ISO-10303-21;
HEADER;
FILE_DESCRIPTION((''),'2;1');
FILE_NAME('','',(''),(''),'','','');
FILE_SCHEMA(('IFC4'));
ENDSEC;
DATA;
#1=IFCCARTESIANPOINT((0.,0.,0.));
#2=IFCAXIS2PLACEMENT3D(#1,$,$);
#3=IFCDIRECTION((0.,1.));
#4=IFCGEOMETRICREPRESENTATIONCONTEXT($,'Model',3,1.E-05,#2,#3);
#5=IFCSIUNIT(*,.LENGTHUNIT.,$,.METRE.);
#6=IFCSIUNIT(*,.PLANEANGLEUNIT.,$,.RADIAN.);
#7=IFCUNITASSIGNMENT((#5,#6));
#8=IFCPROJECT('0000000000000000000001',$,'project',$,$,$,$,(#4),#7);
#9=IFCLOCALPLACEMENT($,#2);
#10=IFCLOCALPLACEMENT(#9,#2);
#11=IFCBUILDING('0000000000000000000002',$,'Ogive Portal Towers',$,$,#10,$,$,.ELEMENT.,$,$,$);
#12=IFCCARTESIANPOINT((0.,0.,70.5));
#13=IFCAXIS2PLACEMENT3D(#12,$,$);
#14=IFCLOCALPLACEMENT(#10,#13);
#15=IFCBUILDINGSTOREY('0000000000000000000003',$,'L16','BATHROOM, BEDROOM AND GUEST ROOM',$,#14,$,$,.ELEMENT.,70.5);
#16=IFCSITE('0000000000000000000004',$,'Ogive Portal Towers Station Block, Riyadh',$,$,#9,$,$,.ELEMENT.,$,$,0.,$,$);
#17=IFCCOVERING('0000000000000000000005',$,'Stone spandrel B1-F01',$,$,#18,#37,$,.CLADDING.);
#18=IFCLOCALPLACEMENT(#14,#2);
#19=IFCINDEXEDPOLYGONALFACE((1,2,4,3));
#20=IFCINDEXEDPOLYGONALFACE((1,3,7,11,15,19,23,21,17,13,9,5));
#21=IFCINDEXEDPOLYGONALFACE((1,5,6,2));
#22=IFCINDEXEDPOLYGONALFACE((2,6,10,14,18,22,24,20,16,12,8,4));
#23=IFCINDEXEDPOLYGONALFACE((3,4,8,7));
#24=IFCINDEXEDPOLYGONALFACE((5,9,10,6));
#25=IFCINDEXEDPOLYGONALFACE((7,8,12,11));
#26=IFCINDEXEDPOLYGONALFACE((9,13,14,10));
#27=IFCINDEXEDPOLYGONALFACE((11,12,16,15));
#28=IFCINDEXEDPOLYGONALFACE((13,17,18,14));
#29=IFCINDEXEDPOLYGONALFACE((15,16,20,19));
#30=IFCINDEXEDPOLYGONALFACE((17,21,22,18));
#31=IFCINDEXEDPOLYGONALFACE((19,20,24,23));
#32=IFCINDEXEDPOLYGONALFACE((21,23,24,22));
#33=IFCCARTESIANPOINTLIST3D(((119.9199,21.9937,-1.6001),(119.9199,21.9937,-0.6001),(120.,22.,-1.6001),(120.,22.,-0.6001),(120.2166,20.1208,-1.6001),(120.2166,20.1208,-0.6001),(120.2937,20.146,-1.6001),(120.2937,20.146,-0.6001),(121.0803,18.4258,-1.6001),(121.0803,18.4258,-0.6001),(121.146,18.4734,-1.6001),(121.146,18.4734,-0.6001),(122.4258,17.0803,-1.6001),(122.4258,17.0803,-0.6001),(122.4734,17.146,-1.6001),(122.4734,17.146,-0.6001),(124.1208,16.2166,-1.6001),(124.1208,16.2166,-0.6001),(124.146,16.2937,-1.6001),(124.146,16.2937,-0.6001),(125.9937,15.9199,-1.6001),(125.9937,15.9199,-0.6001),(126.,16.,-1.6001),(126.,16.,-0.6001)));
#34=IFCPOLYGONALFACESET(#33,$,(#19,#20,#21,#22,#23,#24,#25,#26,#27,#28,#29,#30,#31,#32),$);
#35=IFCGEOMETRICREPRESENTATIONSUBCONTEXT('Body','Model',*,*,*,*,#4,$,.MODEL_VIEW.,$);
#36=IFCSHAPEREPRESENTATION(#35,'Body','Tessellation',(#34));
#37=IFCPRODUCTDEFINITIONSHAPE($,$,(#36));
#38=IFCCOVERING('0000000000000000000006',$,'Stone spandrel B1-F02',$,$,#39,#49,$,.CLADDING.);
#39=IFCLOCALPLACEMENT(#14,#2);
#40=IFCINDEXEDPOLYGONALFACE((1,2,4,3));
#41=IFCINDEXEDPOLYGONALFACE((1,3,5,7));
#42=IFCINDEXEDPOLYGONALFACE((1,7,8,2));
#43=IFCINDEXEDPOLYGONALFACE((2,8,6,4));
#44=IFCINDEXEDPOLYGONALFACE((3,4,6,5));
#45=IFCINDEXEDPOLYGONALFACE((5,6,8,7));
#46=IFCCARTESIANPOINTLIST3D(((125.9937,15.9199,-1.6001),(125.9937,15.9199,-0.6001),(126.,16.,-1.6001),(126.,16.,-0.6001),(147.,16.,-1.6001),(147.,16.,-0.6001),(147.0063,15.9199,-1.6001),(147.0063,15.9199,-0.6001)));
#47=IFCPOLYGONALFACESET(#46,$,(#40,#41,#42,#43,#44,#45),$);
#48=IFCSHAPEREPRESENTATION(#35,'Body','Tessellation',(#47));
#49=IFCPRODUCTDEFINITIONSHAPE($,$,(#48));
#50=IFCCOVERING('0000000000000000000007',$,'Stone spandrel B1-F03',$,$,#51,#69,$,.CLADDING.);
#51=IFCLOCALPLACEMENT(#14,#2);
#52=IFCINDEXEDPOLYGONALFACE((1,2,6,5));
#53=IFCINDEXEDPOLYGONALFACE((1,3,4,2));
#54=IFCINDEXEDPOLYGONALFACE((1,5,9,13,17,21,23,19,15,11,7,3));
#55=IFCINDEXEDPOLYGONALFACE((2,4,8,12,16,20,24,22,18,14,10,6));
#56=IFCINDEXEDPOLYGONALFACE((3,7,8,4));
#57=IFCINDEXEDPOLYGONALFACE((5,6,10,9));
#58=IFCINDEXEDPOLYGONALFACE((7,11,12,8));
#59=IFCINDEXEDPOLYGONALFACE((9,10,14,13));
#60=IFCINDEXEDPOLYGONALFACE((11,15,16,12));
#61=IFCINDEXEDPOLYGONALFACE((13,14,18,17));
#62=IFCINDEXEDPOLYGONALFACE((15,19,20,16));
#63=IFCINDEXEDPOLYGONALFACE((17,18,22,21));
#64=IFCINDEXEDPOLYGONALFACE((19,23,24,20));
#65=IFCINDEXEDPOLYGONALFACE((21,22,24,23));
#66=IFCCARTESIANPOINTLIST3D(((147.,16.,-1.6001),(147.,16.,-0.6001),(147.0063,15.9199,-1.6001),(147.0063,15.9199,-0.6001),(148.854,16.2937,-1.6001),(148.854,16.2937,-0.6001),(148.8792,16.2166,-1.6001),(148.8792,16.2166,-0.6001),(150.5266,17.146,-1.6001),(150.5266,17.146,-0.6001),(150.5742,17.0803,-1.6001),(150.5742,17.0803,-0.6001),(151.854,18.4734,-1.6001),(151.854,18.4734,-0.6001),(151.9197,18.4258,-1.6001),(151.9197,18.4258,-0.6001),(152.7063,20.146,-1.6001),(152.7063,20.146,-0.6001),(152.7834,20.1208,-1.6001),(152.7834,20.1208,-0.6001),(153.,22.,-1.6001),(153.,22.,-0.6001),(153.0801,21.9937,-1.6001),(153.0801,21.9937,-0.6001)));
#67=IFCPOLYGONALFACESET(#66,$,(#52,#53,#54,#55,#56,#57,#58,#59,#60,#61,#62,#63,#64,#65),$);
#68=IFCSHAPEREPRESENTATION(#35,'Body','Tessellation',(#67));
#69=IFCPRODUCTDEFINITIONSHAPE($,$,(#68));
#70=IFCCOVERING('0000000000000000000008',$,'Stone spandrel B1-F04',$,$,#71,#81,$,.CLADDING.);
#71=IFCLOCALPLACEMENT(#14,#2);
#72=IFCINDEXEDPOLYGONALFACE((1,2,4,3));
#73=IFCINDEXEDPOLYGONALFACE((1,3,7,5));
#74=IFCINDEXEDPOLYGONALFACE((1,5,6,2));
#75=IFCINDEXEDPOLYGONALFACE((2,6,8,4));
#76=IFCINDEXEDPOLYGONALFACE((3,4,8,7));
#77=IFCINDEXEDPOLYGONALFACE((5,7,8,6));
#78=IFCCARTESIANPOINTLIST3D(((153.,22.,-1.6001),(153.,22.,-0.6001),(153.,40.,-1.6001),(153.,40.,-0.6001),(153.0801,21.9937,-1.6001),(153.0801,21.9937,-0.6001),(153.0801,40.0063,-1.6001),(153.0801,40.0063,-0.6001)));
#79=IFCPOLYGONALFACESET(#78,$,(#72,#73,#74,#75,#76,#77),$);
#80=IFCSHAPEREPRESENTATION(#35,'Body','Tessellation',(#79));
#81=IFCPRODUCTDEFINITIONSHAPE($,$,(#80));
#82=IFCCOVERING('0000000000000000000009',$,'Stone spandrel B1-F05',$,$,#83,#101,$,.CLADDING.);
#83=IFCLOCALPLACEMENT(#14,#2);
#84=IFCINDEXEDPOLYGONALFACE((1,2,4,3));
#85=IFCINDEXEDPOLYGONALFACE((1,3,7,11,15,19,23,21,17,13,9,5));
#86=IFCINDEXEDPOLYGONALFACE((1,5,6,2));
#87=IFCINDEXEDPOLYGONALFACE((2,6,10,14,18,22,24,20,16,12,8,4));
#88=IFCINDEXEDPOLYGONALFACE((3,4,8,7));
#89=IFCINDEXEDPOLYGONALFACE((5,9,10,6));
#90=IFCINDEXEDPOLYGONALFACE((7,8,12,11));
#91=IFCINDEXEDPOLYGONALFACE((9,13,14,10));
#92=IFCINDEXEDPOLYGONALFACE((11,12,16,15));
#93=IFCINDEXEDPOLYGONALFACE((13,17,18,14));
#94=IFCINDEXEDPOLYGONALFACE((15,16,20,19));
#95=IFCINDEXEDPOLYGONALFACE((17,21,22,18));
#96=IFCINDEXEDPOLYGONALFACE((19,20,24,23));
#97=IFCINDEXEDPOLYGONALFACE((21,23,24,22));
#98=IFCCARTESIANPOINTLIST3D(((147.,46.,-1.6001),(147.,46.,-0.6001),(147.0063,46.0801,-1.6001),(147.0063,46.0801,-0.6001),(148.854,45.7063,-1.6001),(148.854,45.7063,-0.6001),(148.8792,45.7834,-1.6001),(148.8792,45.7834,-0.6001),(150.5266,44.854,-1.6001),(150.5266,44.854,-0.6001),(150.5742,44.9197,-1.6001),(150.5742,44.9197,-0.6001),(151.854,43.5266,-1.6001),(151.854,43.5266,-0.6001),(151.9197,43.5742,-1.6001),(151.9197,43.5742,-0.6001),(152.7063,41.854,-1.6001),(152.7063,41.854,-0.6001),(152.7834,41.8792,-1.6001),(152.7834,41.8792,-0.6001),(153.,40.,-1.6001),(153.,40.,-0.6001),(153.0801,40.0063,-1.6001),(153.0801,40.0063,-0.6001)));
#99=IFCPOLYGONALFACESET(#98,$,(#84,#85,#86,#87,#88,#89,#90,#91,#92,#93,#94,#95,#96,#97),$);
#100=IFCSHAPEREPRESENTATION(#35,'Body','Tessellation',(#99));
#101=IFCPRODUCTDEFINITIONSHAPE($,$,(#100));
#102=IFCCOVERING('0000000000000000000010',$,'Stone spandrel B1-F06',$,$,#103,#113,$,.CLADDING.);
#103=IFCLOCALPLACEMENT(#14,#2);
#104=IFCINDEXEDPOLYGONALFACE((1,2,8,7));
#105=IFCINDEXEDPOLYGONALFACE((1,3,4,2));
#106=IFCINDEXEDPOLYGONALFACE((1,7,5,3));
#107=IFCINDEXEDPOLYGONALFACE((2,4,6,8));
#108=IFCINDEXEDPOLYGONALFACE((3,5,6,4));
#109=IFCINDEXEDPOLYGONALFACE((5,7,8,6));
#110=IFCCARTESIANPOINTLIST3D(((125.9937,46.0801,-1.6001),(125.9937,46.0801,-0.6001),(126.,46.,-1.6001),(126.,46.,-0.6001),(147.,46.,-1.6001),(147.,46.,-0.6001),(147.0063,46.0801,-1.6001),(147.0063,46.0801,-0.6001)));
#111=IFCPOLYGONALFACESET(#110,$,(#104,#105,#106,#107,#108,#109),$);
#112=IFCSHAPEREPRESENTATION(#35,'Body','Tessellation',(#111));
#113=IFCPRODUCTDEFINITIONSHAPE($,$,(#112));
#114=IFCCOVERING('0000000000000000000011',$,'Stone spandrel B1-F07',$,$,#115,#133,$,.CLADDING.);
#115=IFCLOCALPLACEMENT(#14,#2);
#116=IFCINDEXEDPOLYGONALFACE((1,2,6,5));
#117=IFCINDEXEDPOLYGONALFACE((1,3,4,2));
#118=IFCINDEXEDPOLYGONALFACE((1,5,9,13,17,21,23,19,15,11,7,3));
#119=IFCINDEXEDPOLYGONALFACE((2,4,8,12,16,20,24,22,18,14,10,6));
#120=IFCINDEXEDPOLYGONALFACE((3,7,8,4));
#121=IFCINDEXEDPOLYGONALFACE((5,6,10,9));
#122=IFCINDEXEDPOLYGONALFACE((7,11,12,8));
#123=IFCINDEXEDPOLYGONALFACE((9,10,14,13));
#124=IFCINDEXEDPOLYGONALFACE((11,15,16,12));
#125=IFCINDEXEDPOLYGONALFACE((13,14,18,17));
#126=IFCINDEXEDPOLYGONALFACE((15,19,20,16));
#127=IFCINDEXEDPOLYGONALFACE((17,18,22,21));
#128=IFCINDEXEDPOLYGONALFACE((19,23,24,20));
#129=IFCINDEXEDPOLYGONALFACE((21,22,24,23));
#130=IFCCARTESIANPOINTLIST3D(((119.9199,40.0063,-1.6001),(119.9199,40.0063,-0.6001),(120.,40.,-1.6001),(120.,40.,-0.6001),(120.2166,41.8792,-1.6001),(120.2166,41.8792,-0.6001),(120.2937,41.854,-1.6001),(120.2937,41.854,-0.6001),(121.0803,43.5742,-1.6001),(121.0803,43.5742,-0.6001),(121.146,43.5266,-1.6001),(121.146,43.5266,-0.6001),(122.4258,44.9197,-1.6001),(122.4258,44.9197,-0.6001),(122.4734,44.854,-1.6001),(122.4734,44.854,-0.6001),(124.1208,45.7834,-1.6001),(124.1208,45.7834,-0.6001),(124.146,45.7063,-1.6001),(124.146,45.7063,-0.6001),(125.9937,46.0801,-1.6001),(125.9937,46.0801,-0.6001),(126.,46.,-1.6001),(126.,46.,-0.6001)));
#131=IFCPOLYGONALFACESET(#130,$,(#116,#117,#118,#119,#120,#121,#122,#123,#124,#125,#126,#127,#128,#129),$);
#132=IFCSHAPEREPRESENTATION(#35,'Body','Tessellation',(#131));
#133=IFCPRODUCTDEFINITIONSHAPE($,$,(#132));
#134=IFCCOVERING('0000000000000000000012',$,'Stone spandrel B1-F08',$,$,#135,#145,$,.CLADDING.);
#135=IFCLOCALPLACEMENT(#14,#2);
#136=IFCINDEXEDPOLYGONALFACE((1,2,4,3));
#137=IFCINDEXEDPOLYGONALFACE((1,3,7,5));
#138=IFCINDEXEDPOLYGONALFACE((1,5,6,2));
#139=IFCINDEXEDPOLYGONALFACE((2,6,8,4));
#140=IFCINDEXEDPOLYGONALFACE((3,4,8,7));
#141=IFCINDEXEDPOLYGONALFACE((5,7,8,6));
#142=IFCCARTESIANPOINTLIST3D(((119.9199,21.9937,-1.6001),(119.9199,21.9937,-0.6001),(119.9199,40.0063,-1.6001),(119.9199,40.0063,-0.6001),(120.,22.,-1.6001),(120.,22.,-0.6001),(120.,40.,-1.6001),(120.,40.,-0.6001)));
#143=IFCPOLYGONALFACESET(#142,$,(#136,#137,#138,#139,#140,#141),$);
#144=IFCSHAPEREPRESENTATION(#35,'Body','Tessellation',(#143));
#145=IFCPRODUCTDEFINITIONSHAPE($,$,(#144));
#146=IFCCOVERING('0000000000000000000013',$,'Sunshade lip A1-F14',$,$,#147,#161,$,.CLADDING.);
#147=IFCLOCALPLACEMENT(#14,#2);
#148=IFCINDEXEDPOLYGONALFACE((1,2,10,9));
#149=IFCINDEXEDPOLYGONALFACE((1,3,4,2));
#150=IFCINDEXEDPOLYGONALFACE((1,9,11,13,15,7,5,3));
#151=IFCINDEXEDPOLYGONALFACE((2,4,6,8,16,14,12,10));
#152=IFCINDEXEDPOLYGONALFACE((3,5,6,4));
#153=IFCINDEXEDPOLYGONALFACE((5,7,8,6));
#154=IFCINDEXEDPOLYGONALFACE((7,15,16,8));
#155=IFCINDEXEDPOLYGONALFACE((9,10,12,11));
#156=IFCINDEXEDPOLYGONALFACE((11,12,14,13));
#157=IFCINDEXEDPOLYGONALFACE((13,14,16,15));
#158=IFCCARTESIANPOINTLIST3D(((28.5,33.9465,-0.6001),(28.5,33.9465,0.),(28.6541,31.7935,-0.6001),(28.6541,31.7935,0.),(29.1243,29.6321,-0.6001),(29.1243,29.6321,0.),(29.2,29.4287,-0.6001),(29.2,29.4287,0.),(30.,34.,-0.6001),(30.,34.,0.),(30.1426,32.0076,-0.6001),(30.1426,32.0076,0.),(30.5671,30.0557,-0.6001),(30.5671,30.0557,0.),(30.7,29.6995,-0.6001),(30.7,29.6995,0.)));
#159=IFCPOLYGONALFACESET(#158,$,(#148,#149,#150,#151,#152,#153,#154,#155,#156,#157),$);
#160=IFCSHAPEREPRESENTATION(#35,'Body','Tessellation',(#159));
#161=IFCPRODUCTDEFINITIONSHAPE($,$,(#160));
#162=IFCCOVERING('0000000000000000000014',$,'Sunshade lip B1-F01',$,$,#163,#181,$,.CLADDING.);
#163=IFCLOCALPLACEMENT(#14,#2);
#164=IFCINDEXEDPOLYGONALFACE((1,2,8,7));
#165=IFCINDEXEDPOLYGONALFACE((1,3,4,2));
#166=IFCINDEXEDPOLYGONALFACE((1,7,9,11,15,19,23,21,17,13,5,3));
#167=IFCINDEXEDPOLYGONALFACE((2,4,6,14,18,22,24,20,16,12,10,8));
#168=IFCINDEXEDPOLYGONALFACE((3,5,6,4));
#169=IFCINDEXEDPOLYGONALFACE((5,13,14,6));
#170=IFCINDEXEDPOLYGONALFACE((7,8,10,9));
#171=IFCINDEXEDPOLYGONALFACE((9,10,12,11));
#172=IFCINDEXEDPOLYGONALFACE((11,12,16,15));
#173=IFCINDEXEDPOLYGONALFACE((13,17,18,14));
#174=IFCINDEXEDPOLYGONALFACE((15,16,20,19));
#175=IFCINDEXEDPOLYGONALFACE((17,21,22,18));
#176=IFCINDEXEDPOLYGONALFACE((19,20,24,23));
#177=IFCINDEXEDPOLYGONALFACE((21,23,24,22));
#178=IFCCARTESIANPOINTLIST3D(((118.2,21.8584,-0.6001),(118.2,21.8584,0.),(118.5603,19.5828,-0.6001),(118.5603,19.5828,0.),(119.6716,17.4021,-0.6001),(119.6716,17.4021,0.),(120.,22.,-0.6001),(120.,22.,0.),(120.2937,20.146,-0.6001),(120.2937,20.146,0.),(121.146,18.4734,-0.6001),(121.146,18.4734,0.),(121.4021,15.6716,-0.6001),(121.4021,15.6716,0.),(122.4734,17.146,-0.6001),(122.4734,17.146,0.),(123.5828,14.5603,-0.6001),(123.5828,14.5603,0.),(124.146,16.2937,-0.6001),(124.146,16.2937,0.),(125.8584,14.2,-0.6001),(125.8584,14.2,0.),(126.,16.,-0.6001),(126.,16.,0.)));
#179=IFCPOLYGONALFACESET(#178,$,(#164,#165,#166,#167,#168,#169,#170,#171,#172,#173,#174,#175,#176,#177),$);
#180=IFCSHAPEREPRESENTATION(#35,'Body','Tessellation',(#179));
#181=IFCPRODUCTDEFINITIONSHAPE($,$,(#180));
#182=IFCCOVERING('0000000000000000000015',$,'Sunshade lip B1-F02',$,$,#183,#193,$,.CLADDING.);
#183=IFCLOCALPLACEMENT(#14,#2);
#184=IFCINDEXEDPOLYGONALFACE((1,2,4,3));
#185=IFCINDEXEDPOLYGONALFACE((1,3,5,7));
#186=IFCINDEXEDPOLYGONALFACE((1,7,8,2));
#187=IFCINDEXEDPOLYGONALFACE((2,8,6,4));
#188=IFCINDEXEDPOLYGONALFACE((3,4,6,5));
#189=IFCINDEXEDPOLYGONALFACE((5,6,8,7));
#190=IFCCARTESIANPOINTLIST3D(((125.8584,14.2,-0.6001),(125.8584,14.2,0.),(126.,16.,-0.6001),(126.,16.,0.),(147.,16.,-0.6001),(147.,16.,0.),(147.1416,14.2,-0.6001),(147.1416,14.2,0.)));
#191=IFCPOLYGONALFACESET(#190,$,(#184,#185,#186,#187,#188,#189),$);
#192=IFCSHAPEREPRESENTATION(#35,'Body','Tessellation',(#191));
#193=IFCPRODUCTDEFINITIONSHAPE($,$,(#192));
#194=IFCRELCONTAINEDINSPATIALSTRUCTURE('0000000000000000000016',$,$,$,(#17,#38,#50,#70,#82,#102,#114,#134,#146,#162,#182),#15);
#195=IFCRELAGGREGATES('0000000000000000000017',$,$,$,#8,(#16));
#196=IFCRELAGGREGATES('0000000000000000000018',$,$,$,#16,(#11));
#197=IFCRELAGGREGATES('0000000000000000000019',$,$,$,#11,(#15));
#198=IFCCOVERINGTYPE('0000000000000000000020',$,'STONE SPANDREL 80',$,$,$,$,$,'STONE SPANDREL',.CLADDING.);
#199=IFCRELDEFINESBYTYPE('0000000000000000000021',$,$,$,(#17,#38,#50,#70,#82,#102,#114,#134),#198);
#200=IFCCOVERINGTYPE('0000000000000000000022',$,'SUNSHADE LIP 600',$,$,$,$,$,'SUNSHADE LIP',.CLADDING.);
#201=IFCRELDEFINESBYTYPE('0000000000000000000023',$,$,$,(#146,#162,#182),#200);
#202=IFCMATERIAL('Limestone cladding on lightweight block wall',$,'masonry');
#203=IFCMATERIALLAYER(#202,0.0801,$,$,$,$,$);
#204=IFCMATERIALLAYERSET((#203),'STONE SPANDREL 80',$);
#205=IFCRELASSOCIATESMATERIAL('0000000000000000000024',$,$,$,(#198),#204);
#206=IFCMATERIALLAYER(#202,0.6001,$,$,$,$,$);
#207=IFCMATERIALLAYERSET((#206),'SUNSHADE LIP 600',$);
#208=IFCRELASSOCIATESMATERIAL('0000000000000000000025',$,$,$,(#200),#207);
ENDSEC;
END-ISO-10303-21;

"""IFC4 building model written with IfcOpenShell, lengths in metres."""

from ifc_helpers import new_model, si_unit, direction, frame, origin, place, context, subcontext, project, spatial, polyline, outline, extrude, material, layer, layer_set, type_object, element, save


model = new_model("IFC4")

# Units and contexts
model_context = context("Model", 3, precision=1e-05, world=origin(), true_north=direction((0.0, 1.0)))
body_context = subcontext(model_context, "Body", "Model", "MODEL_VIEW")
ifc_project = project(units=[si_unit("LENGTHUNIT", "METRE"), si_unit("PLANEANGLEUNIT", "RADIAN")], contexts=[model_context])

# Site, building, storey
site_placement = place(None, origin())
site = spatial("IfcSite", under=ifc_project, at=site_placement, Name="Ogive Portal Towers Station Block, Riyadh", CompositionType="ELEMENT", RefElevation=0.0)
building_placement = place(site_placement, origin())
building = spatial("IfcBuilding", under=site, at=building_placement, Name="Ogive Portal Towers", CompositionType="ELEMENT")
storey_placement = place(building_placement, frame((0.0, 0.0, 70.5)))
storey = spatial("IfcBuildingStorey", under=building, at=storey_placement, Name="L16", Description="BATHROOM, BEDROOM AND GUEST ROOM", CompositionType="ELEMENT", Elevation=70.5)

# Shared definitions
ifc_material_1 = material(Name="Limestone cladding on lightweight block wall", Category="masonry")

# Coverings
ifc_layer_1 = layer(ifc_material_1, 0.0801)
ifc_layer_set_1 = layer_set([ifc_layer_1], Name="STONE SPANDREL 80")
covering_type_1 = type_object("IfcCoveringType", Name="STONE SPANDREL 80", ElementType="STONE SPANDREL", PredefinedType="CLADDING", material=ifc_layer_set_1)
covering_1_placement = place(storey_placement, frame((0.0, 0.0, -1.6001)))
element("IfcCovering", 1, at=covering_1_placement, inside=storey, type_object=covering_type_1, Name="Stone spandrel B1-F01", PredefinedType="CLADDING", context=body_context, shape_type="SweptSolid", body=[
    extrude(outline(polyline([(120.0, 22.0), (120.2937, 20.146), (121.146, 18.4734), (122.4734, 17.146), (124.146, 16.2937), (126.0, 16.0), (125.9937, 15.9199), (124.1208, 16.2166), (122.4258, 17.0803), (121.0803, 18.4258), (120.2166, 20.1208), (119.9199, 21.9937), (120.0, 22.0)])), origin(), (0.0, 0.0, 1.0), 1.0),
])
covering_2_placement = place(storey_placement, frame((0.0, 0.0, -1.6001)))
element("IfcCovering", 2, at=covering_2_placement, inside=storey, type_object=covering_type_1, Name="Stone spandrel B1-F02", PredefinedType="CLADDING", context=body_context, shape_type="SweptSolid", body=[
    extrude(outline(polyline([(126.0, 16.0), (147.0, 16.0), (147.0063, 15.9199), (125.9937, 15.9199), (126.0, 16.0)])), origin(), (0.0, 0.0, 1.0), 1.0),
])
covering_3_placement = place(storey_placement, frame((0.0, 0.0, -1.6001)))
element("IfcCovering", 3, at=covering_3_placement, inside=storey, type_object=covering_type_1, Name="Stone spandrel B1-F03", PredefinedType="CLADDING", context=body_context, shape_type="SweptSolid", body=[
    extrude(outline(polyline([(147.0, 16.0), (148.854, 16.2937), (150.5266, 17.146), (151.854, 18.4734), (152.7063, 20.146), (153.0, 22.0), (153.0801, 21.9937), (152.7834, 20.1208), (151.9197, 18.4258), (150.5742, 17.0803), (148.8792, 16.2166), (147.0063, 15.9199), (147.0, 16.0)])), origin(), (0.0, 0.0, 1.0), 1.0),
])
covering_4_placement = place(storey_placement, frame((0.0, 0.0, -1.6001)))
element("IfcCovering", 4, at=covering_4_placement, inside=storey, type_object=covering_type_1, Name="Stone spandrel B1-F04", PredefinedType="CLADDING", context=body_context, shape_type="SweptSolid", body=[
    extrude(outline(polyline([(153.0, 22.0), (153.0, 40.0), (153.0801, 40.0063), (153.0801, 21.9937), (153.0, 22.0)])), origin(), (0.0, 0.0, 1.0), 1.0),
])
covering_5_placement = place(storey_placement, frame((0.0, 0.0, -1.6001)))
element("IfcCovering", 5, at=covering_5_placement, inside=storey, type_object=covering_type_1, Name="Stone spandrel B1-F05", PredefinedType="CLADDING", context=body_context, shape_type="SweptSolid", body=[
    extrude(outline(polyline([(153.0, 40.0), (152.7063, 41.854), (151.854, 43.5266), (150.5266, 44.854), (148.854, 45.7063), (147.0, 46.0), (147.0063, 46.0801), (148.8792, 45.7834), (150.5742, 44.9197), (151.9197, 43.5742), (152.7834, 41.8792), (153.0801, 40.0063), (153.0, 40.0)])), origin(), (0.0, 0.0, 1.0), 1.0),
])
covering_6_placement = place(storey_placement, frame((0.0, 0.0, -1.6001)))
element("IfcCovering", 6, at=covering_6_placement, inside=storey, type_object=covering_type_1, Name="Stone spandrel B1-F06", PredefinedType="CLADDING", context=body_context, shape_type="SweptSolid", body=[
    extrude(outline(polyline([(147.0, 46.0), (126.0, 46.0), (125.9937, 46.0801), (147.0063, 46.0801), (147.0, 46.0)])), origin(), (0.0, 0.0, 1.0), 1.0),
])
covering_7_placement = place(storey_placement, frame((0.0, 0.0, -1.6001)))
element("IfcCovering", 7, at=covering_7_placement, inside=storey, type_object=covering_type_1, Name="Stone spandrel B1-F07", PredefinedType="CLADDING", context=body_context, shape_type="SweptSolid", body=[
    extrude(outline(polyline([(126.0, 46.0), (124.146, 45.7063), (122.4734, 44.854), (121.146, 43.5266), (120.2937, 41.854), (120.0, 40.0), (119.9199, 40.0063), (120.2166, 41.8792), (121.0803, 43.5742), (122.4258, 44.9197), (124.1208, 45.7834), (125.9937, 46.0801), (126.0, 46.0)])), origin(), (0.0, 0.0, 1.0), 1.0),
])
covering_8_placement = place(storey_placement, frame((0.0, 0.0, -1.6001)))
element("IfcCovering", 8, at=covering_8_placement, inside=storey, type_object=covering_type_1, Name="Stone spandrel B1-F08", PredefinedType="CLADDING", context=body_context, shape_type="SweptSolid", body=[
    extrude(outline(polyline([(120.0, 40.0), (120.0, 22.0), (119.9199, 21.9937), (119.9199, 40.0063), (120.0, 40.0)])), origin(), (0.0, 0.0, 1.0), 1.0),
])
ifc_layer_2 = layer(ifc_material_1, 0.6001)
ifc_layer_set_2 = layer_set([ifc_layer_2], Name="SUNSHADE LIP 600")
covering_type_2 = type_object("IfcCoveringType", Name="SUNSHADE LIP 600", ElementType="SUNSHADE LIP", PredefinedType="CLADDING", material=ifc_layer_set_2)
covering_9_placement = place(storey_placement, frame((0.0, 0.0, -0.6001)))
element("IfcCovering", 9, at=covering_9_placement, inside=storey, type_object=covering_type_2, Name="Sunshade lip A1-F14", PredefinedType="CLADDING", context=body_context, shape_type="SweptSolid", body=[
    extrude(outline(polyline([(30.0, 34.0), (30.1426, 32.0076), (30.5671, 30.0557), (30.7, 29.6995), (29.2, 29.4287), (29.1243, 29.6321), (28.6541, 31.7935), (28.5, 33.9465), (30.0, 34.0)])), origin(), (0.0, 0.0, 1.0), 0.6001),
])
covering_10_placement = place(storey_placement, frame((0.0, 0.0, -0.6001)))
element("IfcCovering", 10, at=covering_10_placement, inside=storey, type_object=covering_type_2, Name="Sunshade lip B1-F01", PredefinedType="CLADDING", context=body_context, shape_type="SweptSolid", body=[
    extrude(outline(polyline([(120.0, 22.0), (120.2937, 20.146), (121.146, 18.4734), (122.4734, 17.146), (124.146, 16.2937), (126.0, 16.0), (125.8584, 14.2), (123.5828, 14.5603), (121.4021, 15.6716), (119.6716, 17.4021), (118.5603, 19.5828), (118.2, 21.8584), (120.0, 22.0)])), origin(), (0.0, 0.0, 1.0), 0.6001),
])
covering_11_placement = place(storey_placement, frame((0.0, 0.0, -0.6001)))
element("IfcCovering", 11, at=covering_11_placement, inside=storey, type_object=covering_type_2, Name="Sunshade lip B1-F02", PredefinedType="CLADDING", context=body_context, shape_type="SweptSolid", body=[
    extrude(outline(polyline([(126.0, 16.0), (147.0, 16.0), (147.1416, 14.2), (125.8584, 14.2), (126.0, 16.0)])), origin(), (0.0, 0.0, 1.0), 0.6001),
])

save(model, "model.ifc")
